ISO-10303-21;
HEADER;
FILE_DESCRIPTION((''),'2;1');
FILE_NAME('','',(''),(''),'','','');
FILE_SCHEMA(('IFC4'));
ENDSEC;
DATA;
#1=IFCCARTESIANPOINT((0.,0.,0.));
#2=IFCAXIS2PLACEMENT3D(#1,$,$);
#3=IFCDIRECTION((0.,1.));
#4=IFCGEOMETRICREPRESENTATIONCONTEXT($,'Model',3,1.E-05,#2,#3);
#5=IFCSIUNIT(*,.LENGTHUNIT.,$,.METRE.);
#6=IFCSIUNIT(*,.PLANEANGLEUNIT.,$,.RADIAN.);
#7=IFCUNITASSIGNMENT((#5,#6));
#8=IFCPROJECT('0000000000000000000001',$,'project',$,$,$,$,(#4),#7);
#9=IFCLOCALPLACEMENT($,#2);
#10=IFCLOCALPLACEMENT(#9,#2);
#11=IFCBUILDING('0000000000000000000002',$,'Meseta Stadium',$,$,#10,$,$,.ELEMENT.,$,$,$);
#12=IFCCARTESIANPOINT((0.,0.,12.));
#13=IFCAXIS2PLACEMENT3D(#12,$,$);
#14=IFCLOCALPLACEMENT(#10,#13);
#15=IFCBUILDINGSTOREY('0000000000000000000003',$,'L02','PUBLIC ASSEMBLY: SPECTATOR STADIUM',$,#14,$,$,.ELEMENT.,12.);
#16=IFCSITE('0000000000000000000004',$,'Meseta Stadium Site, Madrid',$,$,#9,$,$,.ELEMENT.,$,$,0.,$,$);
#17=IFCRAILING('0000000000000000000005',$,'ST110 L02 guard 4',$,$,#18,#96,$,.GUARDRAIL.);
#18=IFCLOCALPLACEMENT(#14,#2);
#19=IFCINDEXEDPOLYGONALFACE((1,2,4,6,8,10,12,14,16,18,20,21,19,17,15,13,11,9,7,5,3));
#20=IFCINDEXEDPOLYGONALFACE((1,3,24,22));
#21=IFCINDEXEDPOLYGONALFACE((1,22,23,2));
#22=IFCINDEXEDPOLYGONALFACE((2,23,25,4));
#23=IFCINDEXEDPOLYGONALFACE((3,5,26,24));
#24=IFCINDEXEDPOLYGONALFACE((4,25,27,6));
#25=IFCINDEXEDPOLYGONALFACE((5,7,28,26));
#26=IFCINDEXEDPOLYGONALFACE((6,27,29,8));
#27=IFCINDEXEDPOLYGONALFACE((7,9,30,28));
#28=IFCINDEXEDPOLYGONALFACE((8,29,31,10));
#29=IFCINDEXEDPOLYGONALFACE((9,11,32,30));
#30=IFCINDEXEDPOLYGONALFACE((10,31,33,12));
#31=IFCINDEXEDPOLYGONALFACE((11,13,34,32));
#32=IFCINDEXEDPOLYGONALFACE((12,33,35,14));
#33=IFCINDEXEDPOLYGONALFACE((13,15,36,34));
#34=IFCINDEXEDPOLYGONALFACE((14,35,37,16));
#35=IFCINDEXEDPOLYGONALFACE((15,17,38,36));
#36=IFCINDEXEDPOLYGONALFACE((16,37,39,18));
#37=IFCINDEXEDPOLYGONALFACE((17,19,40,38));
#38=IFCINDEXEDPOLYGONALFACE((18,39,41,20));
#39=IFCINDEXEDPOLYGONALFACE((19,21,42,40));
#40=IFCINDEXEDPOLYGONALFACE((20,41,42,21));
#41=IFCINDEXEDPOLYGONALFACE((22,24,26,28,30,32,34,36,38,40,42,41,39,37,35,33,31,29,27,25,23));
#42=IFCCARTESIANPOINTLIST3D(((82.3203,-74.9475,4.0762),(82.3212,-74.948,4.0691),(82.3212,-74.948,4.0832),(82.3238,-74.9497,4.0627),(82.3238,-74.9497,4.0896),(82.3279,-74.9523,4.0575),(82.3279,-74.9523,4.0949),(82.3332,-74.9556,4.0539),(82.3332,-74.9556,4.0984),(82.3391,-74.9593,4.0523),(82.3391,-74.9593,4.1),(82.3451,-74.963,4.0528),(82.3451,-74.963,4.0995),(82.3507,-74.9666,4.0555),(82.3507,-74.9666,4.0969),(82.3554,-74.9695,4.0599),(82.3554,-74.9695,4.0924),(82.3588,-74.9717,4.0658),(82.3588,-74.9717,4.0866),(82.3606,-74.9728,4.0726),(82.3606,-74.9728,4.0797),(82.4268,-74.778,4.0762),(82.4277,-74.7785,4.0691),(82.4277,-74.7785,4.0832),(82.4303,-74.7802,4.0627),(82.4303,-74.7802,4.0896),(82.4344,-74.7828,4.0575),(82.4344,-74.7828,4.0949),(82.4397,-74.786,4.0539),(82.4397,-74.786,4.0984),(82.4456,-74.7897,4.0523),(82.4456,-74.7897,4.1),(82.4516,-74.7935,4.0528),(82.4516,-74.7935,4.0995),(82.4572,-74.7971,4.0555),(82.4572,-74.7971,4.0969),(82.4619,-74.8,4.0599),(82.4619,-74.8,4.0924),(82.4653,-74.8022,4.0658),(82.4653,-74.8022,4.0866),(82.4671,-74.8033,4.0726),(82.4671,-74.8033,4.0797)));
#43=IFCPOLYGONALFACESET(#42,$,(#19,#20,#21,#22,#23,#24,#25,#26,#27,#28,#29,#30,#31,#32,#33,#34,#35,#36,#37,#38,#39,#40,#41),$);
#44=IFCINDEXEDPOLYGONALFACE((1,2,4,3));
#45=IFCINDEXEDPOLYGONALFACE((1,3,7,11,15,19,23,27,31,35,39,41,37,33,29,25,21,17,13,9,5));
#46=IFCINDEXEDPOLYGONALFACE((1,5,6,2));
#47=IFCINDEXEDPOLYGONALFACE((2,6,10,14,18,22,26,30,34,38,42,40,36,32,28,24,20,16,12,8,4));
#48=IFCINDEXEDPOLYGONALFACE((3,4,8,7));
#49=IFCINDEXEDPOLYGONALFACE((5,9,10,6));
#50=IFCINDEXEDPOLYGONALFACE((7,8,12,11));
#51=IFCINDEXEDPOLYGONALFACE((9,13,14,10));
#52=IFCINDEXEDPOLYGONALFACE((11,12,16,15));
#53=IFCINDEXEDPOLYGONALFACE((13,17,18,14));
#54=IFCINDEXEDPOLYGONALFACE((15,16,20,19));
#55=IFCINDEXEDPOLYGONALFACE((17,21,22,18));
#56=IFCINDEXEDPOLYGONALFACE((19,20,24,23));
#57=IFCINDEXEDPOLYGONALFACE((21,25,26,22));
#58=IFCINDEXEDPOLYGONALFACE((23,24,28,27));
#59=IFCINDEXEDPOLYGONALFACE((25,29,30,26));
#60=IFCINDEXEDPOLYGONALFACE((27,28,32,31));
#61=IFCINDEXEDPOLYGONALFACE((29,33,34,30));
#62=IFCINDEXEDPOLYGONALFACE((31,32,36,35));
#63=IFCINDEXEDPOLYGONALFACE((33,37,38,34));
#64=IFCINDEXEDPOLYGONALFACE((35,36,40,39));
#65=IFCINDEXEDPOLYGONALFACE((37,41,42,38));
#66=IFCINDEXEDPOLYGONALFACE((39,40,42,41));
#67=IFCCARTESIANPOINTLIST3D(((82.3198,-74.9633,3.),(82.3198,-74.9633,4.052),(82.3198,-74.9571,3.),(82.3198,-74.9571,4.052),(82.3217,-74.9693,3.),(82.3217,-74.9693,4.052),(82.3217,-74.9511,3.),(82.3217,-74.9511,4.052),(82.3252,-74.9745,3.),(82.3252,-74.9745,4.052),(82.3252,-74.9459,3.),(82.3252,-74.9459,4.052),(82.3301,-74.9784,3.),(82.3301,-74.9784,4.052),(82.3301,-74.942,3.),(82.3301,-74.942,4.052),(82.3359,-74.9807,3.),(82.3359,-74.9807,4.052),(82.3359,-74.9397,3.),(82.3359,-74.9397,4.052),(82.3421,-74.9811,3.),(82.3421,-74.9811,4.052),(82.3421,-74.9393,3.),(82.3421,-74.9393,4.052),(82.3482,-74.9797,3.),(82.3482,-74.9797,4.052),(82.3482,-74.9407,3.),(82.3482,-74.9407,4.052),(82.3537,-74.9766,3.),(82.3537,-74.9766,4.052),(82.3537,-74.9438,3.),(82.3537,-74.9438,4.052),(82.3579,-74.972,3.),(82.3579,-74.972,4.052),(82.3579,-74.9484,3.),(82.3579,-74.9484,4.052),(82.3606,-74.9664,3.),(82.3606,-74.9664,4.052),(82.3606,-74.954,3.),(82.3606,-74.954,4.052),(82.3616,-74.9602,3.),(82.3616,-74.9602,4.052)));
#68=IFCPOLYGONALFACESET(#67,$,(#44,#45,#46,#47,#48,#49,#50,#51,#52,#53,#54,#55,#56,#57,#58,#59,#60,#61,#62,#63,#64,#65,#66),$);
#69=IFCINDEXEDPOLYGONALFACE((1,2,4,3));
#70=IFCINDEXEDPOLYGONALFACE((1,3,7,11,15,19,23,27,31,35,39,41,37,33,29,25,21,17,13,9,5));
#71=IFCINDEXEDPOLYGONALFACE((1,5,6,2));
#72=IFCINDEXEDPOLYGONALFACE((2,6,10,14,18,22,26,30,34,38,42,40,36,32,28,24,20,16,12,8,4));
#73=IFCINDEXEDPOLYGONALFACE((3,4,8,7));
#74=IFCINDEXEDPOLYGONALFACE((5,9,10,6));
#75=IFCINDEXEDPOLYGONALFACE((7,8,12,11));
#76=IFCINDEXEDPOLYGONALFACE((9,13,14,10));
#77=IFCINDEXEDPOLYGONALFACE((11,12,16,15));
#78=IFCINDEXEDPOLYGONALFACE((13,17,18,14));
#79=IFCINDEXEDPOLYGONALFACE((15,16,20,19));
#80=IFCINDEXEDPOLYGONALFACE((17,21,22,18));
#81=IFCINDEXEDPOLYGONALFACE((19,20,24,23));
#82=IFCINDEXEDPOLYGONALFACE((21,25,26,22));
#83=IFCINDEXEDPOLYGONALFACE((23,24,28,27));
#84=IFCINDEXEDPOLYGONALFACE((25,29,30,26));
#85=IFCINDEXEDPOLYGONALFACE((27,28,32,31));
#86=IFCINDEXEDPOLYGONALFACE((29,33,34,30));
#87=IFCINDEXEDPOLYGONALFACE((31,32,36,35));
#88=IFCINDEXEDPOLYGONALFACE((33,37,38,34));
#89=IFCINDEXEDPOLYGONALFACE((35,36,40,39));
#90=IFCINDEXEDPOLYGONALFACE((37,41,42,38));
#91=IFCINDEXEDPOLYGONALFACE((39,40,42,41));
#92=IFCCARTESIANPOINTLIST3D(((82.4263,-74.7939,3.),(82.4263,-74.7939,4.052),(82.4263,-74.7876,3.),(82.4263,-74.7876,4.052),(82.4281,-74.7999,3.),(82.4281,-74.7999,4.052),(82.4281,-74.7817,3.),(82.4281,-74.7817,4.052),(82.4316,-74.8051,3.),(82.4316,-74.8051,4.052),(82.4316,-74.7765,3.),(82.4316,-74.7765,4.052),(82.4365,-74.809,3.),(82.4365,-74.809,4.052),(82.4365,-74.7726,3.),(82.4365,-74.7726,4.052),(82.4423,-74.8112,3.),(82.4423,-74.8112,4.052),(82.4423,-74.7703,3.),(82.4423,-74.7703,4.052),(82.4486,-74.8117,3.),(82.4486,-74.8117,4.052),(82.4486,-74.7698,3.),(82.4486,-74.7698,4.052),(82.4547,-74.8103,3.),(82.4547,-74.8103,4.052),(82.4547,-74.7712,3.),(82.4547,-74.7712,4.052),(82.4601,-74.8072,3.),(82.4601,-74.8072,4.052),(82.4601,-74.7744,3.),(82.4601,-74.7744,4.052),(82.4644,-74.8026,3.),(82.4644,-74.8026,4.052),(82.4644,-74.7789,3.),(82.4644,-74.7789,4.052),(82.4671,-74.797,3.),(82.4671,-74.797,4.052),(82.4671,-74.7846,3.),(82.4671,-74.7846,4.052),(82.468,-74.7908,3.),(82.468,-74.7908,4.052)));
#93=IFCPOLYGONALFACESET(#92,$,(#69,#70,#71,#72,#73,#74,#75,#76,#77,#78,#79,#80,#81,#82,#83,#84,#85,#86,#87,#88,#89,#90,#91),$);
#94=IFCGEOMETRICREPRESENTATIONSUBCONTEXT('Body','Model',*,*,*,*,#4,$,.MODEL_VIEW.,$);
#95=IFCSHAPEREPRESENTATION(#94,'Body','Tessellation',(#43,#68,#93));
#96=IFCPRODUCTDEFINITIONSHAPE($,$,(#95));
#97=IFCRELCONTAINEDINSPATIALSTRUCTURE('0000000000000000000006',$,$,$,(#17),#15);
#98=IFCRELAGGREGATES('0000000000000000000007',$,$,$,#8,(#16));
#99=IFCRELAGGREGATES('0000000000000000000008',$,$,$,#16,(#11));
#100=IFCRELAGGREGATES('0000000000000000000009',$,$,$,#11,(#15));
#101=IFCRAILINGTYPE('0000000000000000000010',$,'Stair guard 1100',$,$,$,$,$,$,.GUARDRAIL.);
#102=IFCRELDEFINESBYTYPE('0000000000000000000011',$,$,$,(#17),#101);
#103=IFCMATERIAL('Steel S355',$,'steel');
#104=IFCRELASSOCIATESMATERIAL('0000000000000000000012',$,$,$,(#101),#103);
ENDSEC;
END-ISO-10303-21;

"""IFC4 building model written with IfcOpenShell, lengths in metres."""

from ifc_helpers import new_model, si_unit, direction, frame, origin, origin_2d, place, context, subcontext, project, spatial, circle, extrude, material, type_object, element, save


model = new_model("IFC4")

# Units and contexts
model_context = context("Model", 3, precision=1e-05, world=origin(), true_north=direction((0.0, 1.0)))
body_context = subcontext(model_context, "Body", "Model", "MODEL_VIEW")
ifc_project = project(units=[si_unit("LENGTHUNIT", "METRE"), si_unit("PLANEANGLEUNIT", "RADIAN")], contexts=[model_context])

# Site, building, storey
site_placement = place(None, origin())
site = spatial("IfcSite", under=ifc_project, at=site_placement, Name="Meseta Stadium Site, Madrid", CompositionType="ELEMENT", RefElevation=0.0)
building_placement = place(site_placement, origin())
building = spatial("IfcBuilding", under=site, at=building_placement, Name="Meseta Stadium", CompositionType="ELEMENT")
storey_placement = place(building_placement, frame((0.0, 0.0, 12.0)))
storey = spatial("IfcBuildingStorey", under=building, at=storey_placement, Name="L02", Description="PUBLIC ASSEMBLY: SPECTATOR STADIUM", CompositionType="ELEMENT", Elevation=12.0)

# Railing
ifc_material_1 = material(Name="Steel S355", Category="steel")
railing_type_1 = type_object("IfcRailingType", Name="Stair guard 1100", PredefinedType="GUARDRAIL", material=ifc_material_1)
railing_1_placement = place(storey_placement, frame((82.3406, -74.9602, 3.0)))
element("IfcRailing", 1, at=railing_1_placement, inside=storey, type_object=railing_type_1, Name="ST110 L02 guard 4", PredefinedType="GUARDRAIL", context=body_context, shape_type="SweptSolid", body=[
    extrude(circle(Radius=0.0239, at=origin_2d()), frame((0.0, 0.0, 1.0762), z_axis=(0.531972, 0.846762, 0.0), x_axis=(-0.846762, 0.531972, 0.0)), (0.0, 0.0, 1.0), 0.2002),
    extrude(circle(Radius=0.021, at=origin_2d()), origin(), (0.0, 0.0, 1.0), 1.052),
    extrude(circle(Radius=0.021, at=origin_2d()), frame((0.1064, 0.1694, 0.0)), (0.0, 0.0, 1.0), 1.052),
])

save(model, "model.ifc")
